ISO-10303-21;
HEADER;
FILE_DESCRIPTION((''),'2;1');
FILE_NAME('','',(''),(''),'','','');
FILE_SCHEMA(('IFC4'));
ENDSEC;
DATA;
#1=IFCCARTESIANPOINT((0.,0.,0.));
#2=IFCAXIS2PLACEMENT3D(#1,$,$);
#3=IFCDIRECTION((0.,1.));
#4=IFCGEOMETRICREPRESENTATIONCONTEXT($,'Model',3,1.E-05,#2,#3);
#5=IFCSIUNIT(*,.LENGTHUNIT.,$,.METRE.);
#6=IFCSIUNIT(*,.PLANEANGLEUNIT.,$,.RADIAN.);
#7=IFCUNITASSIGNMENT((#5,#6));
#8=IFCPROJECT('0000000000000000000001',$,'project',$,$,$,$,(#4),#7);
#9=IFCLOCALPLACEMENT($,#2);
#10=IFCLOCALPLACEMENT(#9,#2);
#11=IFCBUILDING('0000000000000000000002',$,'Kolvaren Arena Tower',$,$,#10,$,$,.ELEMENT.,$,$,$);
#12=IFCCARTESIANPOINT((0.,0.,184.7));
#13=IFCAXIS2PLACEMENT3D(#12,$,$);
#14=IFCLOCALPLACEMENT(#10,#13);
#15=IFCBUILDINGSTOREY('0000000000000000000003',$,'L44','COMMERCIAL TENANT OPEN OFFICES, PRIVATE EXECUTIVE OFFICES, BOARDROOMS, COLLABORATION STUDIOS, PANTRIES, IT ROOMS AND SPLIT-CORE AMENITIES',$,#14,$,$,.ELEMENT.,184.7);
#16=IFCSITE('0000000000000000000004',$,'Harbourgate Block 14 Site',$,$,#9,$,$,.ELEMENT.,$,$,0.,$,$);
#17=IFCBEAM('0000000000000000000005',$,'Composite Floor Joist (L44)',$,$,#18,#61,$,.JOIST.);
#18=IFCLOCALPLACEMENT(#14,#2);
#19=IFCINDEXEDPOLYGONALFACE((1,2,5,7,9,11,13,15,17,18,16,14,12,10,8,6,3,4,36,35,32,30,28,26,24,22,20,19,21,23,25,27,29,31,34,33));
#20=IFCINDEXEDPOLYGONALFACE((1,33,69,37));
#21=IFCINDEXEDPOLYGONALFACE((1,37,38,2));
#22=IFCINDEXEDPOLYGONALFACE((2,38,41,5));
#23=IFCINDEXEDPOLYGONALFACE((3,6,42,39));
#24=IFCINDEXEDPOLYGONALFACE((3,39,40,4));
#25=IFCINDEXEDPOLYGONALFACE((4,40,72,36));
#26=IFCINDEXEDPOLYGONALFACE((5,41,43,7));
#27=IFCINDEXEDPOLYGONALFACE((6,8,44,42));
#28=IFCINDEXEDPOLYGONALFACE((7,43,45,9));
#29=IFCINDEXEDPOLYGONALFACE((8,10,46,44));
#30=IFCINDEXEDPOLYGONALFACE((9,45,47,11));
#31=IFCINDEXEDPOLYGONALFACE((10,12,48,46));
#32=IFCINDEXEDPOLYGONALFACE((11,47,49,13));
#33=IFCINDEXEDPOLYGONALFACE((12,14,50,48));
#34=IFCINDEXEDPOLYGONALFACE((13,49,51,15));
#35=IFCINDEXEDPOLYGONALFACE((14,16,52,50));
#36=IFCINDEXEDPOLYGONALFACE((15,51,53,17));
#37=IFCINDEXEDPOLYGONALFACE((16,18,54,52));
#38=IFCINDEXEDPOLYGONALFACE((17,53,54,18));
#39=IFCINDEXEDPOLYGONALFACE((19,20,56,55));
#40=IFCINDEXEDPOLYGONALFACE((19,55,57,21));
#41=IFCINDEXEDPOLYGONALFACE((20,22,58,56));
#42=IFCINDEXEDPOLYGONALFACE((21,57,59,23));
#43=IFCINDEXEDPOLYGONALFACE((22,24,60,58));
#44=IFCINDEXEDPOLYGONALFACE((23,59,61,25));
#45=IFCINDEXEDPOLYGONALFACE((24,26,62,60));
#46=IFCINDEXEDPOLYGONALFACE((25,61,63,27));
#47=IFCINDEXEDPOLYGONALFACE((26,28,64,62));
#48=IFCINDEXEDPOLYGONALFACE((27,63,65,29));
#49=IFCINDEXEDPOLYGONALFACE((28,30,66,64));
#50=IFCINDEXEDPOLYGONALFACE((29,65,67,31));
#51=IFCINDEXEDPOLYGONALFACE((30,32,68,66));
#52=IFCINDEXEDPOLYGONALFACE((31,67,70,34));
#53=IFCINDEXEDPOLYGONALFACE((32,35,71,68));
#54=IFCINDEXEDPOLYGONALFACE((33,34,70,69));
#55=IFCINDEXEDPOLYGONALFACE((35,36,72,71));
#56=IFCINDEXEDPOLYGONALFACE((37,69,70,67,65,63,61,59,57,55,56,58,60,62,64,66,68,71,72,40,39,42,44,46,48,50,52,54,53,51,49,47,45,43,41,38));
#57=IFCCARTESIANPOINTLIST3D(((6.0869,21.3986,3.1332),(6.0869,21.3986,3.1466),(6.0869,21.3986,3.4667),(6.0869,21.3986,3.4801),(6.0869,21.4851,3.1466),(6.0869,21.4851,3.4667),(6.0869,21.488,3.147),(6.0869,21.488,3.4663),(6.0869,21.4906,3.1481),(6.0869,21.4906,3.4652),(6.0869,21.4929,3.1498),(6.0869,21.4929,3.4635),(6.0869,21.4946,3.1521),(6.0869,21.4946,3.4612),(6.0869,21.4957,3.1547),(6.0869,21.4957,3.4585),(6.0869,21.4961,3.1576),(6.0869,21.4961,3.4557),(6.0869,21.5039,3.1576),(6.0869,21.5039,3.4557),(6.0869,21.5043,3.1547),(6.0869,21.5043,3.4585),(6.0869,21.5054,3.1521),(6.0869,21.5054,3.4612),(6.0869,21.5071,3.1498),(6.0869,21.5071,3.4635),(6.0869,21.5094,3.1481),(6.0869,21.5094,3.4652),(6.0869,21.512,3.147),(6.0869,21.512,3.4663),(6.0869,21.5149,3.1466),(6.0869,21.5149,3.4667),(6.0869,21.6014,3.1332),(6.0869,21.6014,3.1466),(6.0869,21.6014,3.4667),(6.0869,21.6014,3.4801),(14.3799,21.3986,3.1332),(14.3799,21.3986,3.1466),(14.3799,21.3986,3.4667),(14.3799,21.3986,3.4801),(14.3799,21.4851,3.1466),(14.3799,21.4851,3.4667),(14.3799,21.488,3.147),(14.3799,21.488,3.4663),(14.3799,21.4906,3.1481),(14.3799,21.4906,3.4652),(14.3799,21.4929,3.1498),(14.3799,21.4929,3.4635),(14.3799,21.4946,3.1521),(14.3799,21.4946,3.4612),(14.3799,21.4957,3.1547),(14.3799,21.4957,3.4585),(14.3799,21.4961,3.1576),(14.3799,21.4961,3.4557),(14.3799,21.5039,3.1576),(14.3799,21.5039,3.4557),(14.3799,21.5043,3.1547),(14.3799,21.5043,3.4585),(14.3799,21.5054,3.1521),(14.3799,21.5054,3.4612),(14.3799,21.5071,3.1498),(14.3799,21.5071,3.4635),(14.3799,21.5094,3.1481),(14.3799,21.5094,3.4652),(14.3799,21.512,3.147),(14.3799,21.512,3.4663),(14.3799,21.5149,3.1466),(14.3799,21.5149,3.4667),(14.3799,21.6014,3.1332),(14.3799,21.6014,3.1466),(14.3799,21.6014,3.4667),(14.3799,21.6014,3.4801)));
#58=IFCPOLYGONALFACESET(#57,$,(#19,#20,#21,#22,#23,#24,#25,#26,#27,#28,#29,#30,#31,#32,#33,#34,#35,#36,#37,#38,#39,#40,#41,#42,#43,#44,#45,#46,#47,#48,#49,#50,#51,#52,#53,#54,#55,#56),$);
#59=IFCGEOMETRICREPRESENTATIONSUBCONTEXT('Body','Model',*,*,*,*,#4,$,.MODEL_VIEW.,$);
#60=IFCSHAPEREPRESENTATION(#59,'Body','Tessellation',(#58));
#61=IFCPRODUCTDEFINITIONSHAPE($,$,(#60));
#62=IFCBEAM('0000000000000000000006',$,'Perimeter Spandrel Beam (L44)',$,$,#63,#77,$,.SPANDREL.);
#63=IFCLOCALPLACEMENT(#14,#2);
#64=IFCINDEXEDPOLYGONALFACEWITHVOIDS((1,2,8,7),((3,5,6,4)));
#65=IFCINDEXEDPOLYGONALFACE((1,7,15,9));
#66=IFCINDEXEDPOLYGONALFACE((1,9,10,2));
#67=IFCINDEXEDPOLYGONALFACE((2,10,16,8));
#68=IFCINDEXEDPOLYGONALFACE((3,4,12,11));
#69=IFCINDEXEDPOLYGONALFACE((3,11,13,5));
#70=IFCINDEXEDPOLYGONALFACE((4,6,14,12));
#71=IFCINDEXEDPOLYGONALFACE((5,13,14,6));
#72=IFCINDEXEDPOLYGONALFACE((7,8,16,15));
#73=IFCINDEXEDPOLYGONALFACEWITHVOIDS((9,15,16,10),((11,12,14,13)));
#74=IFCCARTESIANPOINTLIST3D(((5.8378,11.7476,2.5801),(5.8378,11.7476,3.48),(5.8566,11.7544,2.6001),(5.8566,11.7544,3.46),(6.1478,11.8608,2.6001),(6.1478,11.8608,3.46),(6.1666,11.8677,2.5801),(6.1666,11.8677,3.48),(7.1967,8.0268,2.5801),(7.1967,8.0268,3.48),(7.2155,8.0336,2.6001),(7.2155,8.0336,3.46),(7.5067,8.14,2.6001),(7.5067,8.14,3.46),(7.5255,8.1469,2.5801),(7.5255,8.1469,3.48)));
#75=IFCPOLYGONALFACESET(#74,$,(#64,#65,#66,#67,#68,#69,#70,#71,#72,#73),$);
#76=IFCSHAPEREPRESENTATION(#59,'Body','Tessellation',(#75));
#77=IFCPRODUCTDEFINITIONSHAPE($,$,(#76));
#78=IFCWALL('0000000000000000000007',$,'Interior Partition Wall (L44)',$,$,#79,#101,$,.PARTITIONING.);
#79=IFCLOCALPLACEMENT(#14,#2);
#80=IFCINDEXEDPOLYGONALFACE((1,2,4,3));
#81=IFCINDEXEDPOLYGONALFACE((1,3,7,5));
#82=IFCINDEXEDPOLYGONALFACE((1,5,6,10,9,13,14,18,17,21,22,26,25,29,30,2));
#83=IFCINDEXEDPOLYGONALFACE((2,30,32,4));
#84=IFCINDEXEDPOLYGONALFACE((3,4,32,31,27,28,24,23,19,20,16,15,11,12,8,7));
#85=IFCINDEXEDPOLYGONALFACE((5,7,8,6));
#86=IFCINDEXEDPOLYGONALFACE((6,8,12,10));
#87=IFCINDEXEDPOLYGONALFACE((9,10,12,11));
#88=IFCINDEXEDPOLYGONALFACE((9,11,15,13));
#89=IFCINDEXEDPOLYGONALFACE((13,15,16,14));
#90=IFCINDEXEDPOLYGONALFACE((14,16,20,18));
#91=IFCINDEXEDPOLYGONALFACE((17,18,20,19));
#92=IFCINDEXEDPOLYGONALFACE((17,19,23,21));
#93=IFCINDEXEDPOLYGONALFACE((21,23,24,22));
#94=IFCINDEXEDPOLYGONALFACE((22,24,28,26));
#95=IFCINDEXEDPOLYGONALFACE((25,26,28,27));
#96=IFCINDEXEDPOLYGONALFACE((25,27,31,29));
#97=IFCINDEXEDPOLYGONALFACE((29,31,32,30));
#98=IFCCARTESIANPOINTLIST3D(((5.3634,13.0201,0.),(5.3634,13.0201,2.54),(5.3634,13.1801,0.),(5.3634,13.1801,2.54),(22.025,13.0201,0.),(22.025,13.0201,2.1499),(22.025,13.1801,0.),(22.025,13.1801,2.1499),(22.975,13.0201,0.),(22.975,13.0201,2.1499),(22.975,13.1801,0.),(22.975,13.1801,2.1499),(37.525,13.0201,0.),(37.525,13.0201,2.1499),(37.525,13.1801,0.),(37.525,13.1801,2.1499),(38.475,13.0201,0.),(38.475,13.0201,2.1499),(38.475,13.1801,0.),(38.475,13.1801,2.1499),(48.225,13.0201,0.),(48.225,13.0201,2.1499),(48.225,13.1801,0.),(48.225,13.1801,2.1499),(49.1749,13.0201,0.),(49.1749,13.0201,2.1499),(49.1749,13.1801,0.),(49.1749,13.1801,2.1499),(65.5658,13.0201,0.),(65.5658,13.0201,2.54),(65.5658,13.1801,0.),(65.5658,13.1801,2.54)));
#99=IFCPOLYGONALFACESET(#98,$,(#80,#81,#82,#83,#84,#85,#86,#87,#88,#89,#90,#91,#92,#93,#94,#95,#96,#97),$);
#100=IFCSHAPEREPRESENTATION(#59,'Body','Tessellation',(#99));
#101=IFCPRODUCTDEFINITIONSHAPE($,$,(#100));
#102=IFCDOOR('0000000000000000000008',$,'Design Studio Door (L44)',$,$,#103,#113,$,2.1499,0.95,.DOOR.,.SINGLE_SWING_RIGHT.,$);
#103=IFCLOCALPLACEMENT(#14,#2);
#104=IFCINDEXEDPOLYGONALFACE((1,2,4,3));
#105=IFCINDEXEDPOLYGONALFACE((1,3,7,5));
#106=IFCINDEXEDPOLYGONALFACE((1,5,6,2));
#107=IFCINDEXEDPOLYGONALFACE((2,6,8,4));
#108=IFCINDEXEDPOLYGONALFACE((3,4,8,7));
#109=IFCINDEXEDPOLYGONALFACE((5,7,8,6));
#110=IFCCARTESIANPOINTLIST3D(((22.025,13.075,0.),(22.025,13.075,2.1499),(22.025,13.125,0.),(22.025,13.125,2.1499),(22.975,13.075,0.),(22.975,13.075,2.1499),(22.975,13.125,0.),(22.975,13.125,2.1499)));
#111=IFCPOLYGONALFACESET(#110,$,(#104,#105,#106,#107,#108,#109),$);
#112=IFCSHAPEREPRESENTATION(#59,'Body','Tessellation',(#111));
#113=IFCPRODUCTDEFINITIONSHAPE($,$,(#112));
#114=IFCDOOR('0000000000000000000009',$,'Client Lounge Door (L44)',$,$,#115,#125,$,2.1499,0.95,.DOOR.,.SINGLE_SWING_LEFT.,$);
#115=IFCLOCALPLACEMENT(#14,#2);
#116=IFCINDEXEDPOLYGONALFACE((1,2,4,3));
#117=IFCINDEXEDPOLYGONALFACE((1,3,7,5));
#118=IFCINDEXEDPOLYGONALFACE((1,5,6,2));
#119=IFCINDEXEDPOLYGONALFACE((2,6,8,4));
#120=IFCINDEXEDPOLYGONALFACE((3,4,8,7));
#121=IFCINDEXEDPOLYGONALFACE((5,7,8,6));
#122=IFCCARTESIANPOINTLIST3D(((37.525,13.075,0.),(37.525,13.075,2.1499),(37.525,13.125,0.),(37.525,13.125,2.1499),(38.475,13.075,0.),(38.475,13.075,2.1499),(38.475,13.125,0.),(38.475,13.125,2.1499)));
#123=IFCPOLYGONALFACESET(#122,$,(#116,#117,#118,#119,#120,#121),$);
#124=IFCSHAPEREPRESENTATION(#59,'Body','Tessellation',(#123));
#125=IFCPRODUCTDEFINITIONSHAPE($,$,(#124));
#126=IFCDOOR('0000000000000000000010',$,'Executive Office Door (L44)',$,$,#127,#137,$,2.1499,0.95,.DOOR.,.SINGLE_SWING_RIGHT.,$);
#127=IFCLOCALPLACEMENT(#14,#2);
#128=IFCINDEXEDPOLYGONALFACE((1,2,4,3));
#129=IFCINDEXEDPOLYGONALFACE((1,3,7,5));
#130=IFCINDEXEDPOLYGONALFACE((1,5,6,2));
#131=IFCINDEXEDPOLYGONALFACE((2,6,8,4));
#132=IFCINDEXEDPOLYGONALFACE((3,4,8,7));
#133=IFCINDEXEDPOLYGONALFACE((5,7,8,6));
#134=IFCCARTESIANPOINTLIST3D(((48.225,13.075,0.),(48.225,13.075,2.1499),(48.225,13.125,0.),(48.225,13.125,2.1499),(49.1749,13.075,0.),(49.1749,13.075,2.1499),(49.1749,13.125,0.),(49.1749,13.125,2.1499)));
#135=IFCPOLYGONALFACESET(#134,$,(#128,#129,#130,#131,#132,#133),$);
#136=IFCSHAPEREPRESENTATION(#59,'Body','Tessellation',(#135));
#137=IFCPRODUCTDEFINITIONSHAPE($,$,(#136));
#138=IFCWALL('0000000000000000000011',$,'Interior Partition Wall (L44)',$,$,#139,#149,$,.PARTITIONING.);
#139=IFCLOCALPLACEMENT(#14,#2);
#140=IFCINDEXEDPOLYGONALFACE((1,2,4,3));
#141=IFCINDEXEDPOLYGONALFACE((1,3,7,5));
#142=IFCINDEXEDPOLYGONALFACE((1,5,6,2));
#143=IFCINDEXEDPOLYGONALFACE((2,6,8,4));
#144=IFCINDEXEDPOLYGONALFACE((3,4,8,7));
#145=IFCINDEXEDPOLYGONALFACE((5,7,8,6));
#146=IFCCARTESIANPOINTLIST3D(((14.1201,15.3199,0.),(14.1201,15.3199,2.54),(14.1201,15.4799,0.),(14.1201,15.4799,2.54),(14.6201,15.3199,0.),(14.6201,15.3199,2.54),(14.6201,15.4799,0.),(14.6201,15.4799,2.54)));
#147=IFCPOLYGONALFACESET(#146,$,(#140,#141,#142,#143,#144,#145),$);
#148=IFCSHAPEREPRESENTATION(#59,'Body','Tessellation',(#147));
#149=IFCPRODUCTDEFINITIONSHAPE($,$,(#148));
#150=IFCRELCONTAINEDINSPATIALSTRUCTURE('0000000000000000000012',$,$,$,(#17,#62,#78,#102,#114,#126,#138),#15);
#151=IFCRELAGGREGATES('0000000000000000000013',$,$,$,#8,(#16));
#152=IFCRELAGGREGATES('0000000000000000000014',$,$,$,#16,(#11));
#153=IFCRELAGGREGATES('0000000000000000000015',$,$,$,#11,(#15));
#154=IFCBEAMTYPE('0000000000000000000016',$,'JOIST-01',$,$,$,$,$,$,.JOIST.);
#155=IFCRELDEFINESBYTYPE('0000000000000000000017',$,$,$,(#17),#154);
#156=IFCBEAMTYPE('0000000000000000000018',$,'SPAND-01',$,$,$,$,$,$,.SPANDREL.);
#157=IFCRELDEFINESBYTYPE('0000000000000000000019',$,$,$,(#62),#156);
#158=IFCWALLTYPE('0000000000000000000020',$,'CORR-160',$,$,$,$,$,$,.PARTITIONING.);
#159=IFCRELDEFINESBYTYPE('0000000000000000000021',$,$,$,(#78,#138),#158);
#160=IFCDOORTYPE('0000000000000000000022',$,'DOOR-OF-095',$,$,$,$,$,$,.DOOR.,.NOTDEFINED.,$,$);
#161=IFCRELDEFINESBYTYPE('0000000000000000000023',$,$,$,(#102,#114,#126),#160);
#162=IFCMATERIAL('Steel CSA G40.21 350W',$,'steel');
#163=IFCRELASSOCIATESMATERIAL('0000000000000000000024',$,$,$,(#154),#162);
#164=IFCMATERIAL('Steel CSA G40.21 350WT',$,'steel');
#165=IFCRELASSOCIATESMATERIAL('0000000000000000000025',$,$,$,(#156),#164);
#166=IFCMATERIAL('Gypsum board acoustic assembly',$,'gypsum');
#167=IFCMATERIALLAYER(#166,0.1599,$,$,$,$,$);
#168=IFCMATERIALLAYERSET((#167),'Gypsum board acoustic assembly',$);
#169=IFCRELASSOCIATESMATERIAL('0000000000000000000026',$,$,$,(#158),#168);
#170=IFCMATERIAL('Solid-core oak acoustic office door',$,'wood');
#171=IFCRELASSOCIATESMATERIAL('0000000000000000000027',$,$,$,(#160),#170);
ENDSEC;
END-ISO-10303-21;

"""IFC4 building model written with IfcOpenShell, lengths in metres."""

from ifc_helpers import new_model, si_unit, direction, frame, frame_2d, origin, origin_2d, place, context, subcontext, project, spatial, rectangle, hollow_rectangle, i_section, extrude, material, layer, layer_set, material_profile, profile_set, type_object, element, fill, save


model = new_model("IFC4")

# Units and contexts
model_context = context("Model", 3, precision=1e-05, world=origin(), true_north=direction((0.0, 1.0)))
body_context = subcontext(model_context, "Body", "Model", "MODEL_VIEW")
ifc_project = project(units=[si_unit("LENGTHUNIT", "METRE"), si_unit("PLANEANGLEUNIT", "RADIAN")], contexts=[model_context])

# Site, building, storey
site_placement = place(None, origin())
site = spatial("IfcSite", under=ifc_project, at=site_placement, Name="Harbourgate Block 14 Site", CompositionType="ELEMENT", RefElevation=0.0)
building_placement = place(site_placement, origin())
building = spatial("IfcBuilding", under=site, at=building_placement, Name="Kolvaren Arena Tower", CompositionType="ELEMENT")
storey_placement = place(building_placement, frame((0.0, 0.0, 184.7)))
storey = spatial("IfcBuildingStorey", under=building, at=storey_placement, Name="L44", Description="COMMERCIAL TENANT OPEN OFFICES, PRIVATE EXECUTIVE OFFICES, BOARDROOMS, COLLABORATION STUDIOS, PANTRIES, IT ROOMS AND SPLIT-CORE AMENITIES", CompositionType="ELEMENT", Elevation=184.7)

# Beams
ifc_material_1 = material(Name="Steel CSA G40.21 350W", Category="steel")
ifc_material_profile_1 = material_profile(ifc_material_1, i_section(OverallWidth=0.2029, OverallDepth=0.3469, WebThickness=0.0078, FlangeThickness=0.0134, FilletRadius=0.011, at=origin_2d()), Name="W360x64")
ifc_profile_set_1 = profile_set([ifc_material_profile_1], Name="Steel CSA G40.21 350W")
beam_type_1 = type_object("IfcBeamType", Name="JOIST-01", PredefinedType="JOIST", material=ifc_profile_set_1)
beam_1_placement = place(storey_placement, frame((6.0869, 21.5, 3.3066), z_axis=(1.0, 0.0, 0.0), x_axis=(0.0, 1.0, 0.0)))
element("IfcBeam", 1, at=beam_1_placement, inside=storey, type_object=beam_type_1, Name="Composite Floor Joist (L44)", PredefinedType="JOIST", context=body_context, shape_type="SweptSolid", body=[
    extrude(i_section(OverallWidth=0.2029, OverallDepth=0.3469, WebThickness=0.0078, FlangeThickness=0.0134, FilletRadius=0.011, at=origin_2d()), origin(), (0.0, 0.0, 1.0), 8.293),
])
ifc_material_2 = material(Name="Steel CSA G40.21 350WT", Category="steel")
ifc_material_profile_2 = material_profile(ifc_material_2, hollow_rectangle(XDim=0.3501, YDim=0.8999, WallThickness=0.02, at=origin_2d()), Name="HSS 900x350x20")
ifc_profile_set_2 = profile_set([ifc_material_profile_2], Name="Steel CSA G40.21 350WT")
beam_type_2 = type_object("IfcBeamType", Name="SPAND-01", PredefinedType="SPANDREL", material=ifc_profile_set_2)
beam_2_placement = place(storey_placement, frame((6.0022, 11.8076, 3.03), z_axis=(0.343059, -0.939314, 0.0), x_axis=(0.939314, 0.343059, 0.0)))
element("IfcBeam", 2, at=beam_2_placement, inside=storey, type_object=beam_type_2, Name="Perimeter Spandrel Beam (L44)", PredefinedType="SPANDREL", context=body_context, shape_type="SweptSolid", body=[
    extrude(hollow_rectangle(XDim=0.3501, YDim=0.8999, WallThickness=0.02, at=origin_2d()), origin(), (0.0, 0.0, 1.0), 3.9612),
])

# Wall, openings, doors
ifc_material_3 = material(Name="Gypsum board acoustic assembly", Category="gypsum")
ifc_layer_1 = layer(ifc_material_3, 0.1599)
ifc_layer_set_1 = layer_set([ifc_layer_1], Name="Gypsum board acoustic assembly")
wall_type_1 = type_object("IfcWallType", Name="CORR-160", PredefinedType="PARTITIONING", material=ifc_layer_set_1)
wall_1_placement = place(storey_placement, frame((5.3635, 13.1001, 0.0), z_axis=(0.0, 0.0, 1.0), x_axis=(1.0, 0.0, 0.0)))
wall_1 = element("IfcWall", 3, at=wall_1_placement, inside=storey, type_object=wall_type_1, Name="Interior Partition Wall (L44)", PredefinedType="PARTITIONING", context=body_context, shape_type="SweptSolid", body=[
    extrude(rectangle(XDim=60.2024, YDim=0.1599, at=frame_2d((30.1011, 0.0))), origin(), (0.0, 0.0, 1.0), 2.54),
])
opening_1_placement = place(wall_1_placement, frame((16.6614, 0.0, 0.0)))
opening_1 = element("IfcOpeningElement", 4, at=opening_1_placement, cuts=wall_1, PredefinedType="OPENING", context=body_context, shape_type="SweptSolid", body=[
    extrude(rectangle(XDim=0.95, YDim=2.1499, at=frame_2d((0.4751, 1.075))), frame((0.0, 0.0898, 0.0), z_axis=(0.0, -1.0, 0.0), x_axis=(1.0, 0.0, 0.0)), (0.0, 0.0, 1.0), 0.1799),
])
opening_2_placement = place(wall_1_placement, frame((32.1614, 0.0, 0.0)))
opening_2 = element("IfcOpeningElement", 5, at=opening_2_placement, cuts=wall_1, PredefinedType="OPENING", context=body_context, shape_type="SweptSolid", body=[
    extrude(rectangle(XDim=0.95, YDim=2.1499, at=frame_2d((0.4751, 1.075))), frame((0.0, 0.0898, 0.0), z_axis=(0.0, -1.0, 0.0), x_axis=(1.0, 0.0, 0.0)), (0.0, 0.0, 1.0), 0.1799),
])
opening_3_placement = place(wall_1_placement, frame((42.8613, 0.0, 0.0)))
opening_3 = element("IfcOpeningElement", 6, at=opening_3_placement, cuts=wall_1, PredefinedType="OPENING", context=body_context, shape_type="SweptSolid", body=[
    extrude(rectangle(XDim=0.95, YDim=2.1499, at=frame_2d((0.4751, 1.075))), frame((0.0, 0.0898, 0.0), z_axis=(0.0, -1.0, 0.0), x_axis=(1.0, 0.0, 0.0)), (0.0, 0.0, 1.0), 0.1799),
])
ifc_material_4 = material(Name="Solid-core oak acoustic office door", Category="wood")
door_type = type_object("IfcDoorType", Name="DOOR-OF-095", OperationType="NOTDEFINED", PredefinedType="DOOR", material=ifc_material_4)
door_1_placement = place(opening_1_placement, origin())
door_1 = element("IfcDoor", 7, at=door_1_placement, inside=storey, type_object=door_type, Name="Design Studio Door (L44)", OperationType="SINGLE_SWING_RIGHT", OverallHeight=2.1499, OverallWidth=0.95, PredefinedType="DOOR", context=body_context, shape_type="SweptSolid", body=[
    extrude(rectangle(XDim=0.95, YDim=2.1499, at=frame_2d((0.4751, 1.075))), frame((0.0, 0.0249, 0.0), z_axis=(0.0, -1.0, 0.0), x_axis=(1.0, 0.0, 0.0)), (0.0, 0.0, 1.0), 0.05),
])
fill(opening_1, door_1)
door_2_placement = place(opening_2_placement, origin())
door_2 = element("IfcDoor", 8, at=door_2_placement, inside=storey, type_object=door_type, Name="Client Lounge Door (L44)", OperationType="SINGLE_SWING_LEFT", OverallHeight=2.1499, OverallWidth=0.95, PredefinedType="DOOR", context=body_context, shape_type="SweptSolid", body=[
    extrude(rectangle(XDim=0.95, YDim=2.1499, at=frame_2d((0.4751, 1.075))), frame((0.0, 0.0249, 0.0), z_axis=(0.0, -1.0, 0.0), x_axis=(1.0, 0.0, 0.0)), (0.0, 0.0, 1.0), 0.05),
])
fill(opening_2, door_2)
door_3_placement = place(opening_3_placement, origin())
door_3 = element("IfcDoor", 9, at=door_3_placement, inside=storey, type_object=door_type, Name="Executive Office Door (L44)", OperationType="SINGLE_SWING_RIGHT", OverallHeight=2.1499, OverallWidth=0.95, PredefinedType="DOOR", context=body_context, shape_type="SweptSolid", body=[
    extrude(rectangle(XDim=0.95, YDim=2.1499, at=frame_2d((0.4751, 1.075))), frame((0.0, 0.0249, 0.0), z_axis=(0.0, -1.0, 0.0), x_axis=(1.0, 0.0, 0.0)), (0.0, 0.0, 1.0), 0.05),
])
fill(opening_3, door_3)

# Wall
wall_2_placement = place(storey_placement, frame((14.1201, 15.3999, 0.0), z_axis=(0.0, 0.0, 1.0), x_axis=(1.0, 0.0, 0.0)))
element("IfcWall", 10, at=wall_2_placement, inside=storey, type_object=wall_type_1, Name="Interior Partition Wall (L44)", PredefinedType="PARTITIONING", context=body_context, shape_type="SweptSolid", body=[
    extrude(rectangle(XDim=0.5, YDim=0.1599, at=frame_2d((0.25, 0.0))), origin(), (0.0, 0.0, 1.0), 2.54),
])

save(model, "model.ifc")
